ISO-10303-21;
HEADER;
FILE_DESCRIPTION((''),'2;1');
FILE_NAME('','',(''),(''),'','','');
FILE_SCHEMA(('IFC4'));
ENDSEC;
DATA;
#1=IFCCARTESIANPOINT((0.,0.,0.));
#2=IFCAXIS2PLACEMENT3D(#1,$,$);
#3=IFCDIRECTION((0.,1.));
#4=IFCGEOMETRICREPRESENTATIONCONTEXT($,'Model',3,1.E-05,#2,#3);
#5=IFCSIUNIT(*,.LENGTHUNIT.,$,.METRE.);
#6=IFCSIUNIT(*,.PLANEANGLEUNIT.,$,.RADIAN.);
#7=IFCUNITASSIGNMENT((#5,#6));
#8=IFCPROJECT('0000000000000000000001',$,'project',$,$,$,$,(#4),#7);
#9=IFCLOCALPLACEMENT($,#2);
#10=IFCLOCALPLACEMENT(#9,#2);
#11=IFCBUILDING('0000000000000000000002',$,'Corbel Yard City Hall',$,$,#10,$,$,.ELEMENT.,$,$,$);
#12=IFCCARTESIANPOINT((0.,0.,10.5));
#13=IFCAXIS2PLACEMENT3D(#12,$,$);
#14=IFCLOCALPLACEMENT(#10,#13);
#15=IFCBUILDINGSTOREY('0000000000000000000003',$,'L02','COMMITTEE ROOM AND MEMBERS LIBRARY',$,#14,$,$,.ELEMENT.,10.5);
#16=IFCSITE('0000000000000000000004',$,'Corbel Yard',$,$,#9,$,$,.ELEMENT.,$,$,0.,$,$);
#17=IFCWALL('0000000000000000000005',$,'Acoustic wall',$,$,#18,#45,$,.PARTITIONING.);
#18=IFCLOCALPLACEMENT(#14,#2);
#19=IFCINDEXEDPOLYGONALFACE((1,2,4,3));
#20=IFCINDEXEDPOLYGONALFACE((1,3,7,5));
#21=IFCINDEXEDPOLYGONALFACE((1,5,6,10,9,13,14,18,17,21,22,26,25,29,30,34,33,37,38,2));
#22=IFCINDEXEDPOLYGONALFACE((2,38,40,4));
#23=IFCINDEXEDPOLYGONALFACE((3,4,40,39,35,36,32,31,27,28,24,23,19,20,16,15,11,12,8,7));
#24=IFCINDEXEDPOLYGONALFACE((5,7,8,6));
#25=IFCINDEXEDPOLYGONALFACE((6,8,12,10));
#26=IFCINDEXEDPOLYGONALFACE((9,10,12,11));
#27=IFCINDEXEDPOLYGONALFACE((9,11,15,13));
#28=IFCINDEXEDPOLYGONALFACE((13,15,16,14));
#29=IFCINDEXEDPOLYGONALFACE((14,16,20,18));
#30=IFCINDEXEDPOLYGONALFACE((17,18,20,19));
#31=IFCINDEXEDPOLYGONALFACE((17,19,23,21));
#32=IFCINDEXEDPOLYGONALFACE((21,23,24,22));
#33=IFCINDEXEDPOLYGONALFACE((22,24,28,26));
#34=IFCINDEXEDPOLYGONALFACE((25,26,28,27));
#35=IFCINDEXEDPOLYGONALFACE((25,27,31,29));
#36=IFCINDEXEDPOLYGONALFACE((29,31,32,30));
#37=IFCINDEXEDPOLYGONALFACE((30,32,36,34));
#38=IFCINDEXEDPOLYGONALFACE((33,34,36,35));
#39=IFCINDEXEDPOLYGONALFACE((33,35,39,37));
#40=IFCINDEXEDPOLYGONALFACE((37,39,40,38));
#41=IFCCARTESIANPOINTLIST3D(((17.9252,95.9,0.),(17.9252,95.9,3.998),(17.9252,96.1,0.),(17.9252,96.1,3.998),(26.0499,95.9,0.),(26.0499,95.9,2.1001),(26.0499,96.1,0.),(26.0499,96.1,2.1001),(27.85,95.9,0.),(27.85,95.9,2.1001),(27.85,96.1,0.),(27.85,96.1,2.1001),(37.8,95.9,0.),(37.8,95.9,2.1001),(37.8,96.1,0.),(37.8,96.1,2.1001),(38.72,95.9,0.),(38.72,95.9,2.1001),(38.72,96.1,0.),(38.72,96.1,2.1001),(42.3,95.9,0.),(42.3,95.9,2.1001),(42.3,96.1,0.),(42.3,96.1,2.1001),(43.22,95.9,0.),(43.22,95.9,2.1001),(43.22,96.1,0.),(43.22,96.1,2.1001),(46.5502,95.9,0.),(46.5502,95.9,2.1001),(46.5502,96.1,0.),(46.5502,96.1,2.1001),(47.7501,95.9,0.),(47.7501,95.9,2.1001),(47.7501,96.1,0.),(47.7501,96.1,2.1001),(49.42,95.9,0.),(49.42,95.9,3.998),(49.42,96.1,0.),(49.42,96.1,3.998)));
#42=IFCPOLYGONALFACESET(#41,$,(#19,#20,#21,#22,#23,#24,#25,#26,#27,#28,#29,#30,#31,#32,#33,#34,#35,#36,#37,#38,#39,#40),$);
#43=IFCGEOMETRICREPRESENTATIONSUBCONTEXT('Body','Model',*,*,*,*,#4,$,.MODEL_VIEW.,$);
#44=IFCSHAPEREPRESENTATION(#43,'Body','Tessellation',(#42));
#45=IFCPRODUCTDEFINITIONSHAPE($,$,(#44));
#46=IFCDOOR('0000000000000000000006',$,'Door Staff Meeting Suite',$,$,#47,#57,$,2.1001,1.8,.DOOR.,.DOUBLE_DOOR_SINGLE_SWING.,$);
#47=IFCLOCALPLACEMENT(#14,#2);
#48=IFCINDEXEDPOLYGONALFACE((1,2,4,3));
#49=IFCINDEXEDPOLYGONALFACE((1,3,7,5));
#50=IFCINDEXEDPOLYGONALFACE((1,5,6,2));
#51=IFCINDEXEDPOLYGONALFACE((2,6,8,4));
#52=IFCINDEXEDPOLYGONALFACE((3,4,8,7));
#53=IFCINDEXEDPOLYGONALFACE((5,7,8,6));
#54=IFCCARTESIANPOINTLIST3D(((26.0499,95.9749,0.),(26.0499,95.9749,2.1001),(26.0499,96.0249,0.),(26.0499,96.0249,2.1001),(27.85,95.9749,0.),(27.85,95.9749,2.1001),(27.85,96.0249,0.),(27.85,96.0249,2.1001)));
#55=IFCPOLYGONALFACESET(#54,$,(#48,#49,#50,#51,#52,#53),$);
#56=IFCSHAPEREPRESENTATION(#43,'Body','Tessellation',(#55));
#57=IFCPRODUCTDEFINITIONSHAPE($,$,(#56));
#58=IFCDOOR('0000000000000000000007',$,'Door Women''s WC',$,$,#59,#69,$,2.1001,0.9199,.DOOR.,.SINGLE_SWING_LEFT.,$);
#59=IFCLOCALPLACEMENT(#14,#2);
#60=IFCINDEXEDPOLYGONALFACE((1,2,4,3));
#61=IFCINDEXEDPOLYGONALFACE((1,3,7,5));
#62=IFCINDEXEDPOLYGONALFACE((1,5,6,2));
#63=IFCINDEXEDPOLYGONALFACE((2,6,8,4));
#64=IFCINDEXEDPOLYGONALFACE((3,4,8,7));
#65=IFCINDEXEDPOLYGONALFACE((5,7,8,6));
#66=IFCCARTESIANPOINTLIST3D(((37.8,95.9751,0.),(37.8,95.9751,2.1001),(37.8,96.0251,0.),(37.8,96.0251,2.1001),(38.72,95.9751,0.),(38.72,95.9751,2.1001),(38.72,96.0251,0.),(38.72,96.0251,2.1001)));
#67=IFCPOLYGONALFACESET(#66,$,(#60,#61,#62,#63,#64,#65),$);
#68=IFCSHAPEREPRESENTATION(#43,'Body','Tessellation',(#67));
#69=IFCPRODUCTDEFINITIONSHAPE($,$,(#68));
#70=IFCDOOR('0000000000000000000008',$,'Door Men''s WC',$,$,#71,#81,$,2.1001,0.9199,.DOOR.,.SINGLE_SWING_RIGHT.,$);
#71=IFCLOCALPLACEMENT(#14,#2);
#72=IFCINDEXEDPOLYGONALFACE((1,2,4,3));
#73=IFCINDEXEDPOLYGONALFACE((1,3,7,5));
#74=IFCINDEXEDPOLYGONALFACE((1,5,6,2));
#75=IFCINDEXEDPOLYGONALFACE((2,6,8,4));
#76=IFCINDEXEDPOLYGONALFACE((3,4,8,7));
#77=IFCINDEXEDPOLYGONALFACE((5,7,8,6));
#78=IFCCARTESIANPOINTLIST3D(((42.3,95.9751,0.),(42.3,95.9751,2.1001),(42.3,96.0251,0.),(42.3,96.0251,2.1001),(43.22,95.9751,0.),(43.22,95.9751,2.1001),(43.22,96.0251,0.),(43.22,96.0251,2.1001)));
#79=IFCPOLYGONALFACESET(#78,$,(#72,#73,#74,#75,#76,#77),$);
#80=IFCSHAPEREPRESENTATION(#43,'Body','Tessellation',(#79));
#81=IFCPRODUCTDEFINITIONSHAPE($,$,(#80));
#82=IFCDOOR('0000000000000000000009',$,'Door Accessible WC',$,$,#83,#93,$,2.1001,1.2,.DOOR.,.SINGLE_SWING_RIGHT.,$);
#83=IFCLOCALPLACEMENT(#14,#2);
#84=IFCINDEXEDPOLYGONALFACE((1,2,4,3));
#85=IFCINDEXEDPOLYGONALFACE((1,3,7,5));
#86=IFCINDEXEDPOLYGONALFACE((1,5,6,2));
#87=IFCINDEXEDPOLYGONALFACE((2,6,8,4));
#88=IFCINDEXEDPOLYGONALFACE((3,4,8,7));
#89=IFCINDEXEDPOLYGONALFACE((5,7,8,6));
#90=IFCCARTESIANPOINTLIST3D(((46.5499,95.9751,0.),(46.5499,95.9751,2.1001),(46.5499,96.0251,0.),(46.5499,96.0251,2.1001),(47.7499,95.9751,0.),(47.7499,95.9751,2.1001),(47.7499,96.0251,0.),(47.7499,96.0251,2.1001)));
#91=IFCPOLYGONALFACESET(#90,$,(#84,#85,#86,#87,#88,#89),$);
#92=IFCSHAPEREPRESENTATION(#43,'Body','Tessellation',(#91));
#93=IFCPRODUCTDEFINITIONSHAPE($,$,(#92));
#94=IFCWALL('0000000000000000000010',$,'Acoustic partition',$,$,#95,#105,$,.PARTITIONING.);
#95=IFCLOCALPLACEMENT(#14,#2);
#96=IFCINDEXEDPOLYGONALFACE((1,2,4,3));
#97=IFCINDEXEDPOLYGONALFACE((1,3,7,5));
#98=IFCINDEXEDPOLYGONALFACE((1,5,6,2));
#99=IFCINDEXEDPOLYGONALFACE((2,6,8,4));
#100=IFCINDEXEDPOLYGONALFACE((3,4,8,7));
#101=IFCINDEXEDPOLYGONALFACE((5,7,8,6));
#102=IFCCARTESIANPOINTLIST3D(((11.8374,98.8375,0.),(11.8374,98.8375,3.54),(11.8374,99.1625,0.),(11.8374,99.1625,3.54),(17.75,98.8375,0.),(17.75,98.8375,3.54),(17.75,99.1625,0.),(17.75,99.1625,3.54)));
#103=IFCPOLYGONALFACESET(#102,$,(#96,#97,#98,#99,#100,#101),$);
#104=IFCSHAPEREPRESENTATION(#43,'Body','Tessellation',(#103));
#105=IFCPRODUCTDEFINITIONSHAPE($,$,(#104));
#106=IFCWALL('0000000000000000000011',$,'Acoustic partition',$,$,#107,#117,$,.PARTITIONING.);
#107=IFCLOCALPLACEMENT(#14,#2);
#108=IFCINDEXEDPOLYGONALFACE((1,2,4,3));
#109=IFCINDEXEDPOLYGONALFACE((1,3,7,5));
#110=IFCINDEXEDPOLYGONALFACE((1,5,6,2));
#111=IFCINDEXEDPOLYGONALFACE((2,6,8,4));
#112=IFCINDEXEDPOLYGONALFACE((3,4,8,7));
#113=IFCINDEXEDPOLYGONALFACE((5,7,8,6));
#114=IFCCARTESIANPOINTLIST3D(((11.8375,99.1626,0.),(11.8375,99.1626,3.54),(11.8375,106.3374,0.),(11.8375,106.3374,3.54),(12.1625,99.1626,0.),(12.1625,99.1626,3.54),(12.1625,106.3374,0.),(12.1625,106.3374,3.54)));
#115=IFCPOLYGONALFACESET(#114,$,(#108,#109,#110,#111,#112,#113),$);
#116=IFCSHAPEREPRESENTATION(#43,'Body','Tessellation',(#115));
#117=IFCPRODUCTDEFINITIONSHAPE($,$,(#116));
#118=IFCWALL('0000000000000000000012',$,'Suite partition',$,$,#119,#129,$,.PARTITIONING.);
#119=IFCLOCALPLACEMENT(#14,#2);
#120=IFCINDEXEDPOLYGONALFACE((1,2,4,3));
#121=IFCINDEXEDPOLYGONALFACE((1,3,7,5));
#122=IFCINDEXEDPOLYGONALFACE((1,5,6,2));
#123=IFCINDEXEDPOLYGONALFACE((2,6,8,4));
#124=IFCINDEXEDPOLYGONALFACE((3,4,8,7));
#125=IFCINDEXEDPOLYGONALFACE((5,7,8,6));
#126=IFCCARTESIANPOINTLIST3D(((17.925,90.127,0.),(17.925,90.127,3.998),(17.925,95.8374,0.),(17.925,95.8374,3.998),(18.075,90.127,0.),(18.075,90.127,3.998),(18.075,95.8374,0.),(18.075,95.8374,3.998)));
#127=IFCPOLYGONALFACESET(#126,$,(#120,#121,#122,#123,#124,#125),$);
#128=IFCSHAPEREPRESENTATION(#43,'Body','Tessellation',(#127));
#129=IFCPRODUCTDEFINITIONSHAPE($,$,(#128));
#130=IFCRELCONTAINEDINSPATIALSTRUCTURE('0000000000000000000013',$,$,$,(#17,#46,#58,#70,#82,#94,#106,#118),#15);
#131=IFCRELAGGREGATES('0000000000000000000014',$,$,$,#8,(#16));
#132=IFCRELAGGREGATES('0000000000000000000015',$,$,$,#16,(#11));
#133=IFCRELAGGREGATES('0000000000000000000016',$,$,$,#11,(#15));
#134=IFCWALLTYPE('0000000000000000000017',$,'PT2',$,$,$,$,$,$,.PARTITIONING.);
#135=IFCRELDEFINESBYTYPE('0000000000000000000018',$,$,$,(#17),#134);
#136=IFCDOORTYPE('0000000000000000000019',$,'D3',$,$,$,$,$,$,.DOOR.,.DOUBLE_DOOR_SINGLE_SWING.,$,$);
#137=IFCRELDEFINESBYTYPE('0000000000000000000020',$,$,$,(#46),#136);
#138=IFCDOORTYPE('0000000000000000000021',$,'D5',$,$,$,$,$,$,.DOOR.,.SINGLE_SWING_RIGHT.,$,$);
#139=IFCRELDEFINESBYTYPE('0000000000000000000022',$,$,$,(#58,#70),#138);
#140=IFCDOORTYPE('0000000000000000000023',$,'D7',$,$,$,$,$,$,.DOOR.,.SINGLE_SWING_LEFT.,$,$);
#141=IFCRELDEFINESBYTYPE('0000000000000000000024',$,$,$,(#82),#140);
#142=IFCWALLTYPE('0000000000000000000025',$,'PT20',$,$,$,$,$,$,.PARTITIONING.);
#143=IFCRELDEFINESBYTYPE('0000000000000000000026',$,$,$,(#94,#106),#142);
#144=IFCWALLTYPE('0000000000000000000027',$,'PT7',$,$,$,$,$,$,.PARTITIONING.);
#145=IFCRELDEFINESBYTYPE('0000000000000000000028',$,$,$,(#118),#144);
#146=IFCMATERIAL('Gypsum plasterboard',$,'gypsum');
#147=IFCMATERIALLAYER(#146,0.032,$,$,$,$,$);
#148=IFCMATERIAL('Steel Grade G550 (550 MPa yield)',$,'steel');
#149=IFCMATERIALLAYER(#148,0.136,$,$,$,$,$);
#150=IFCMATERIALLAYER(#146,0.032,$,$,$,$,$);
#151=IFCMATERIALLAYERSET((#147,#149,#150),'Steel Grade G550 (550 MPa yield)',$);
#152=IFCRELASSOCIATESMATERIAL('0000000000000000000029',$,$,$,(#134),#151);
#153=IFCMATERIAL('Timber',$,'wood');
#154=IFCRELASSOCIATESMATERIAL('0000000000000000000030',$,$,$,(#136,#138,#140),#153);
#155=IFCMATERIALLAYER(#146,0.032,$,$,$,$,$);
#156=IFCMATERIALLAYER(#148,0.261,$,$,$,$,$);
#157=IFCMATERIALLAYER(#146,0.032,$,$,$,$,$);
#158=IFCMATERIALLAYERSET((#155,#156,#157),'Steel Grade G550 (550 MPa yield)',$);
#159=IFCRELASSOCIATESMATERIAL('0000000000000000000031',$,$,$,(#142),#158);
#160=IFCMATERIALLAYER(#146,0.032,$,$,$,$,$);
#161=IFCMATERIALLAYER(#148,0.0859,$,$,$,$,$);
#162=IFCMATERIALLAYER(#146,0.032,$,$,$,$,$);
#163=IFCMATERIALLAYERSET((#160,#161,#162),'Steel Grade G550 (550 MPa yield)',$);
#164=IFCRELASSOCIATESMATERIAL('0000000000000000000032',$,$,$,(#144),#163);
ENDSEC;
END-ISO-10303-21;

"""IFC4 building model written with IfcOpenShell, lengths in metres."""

from ifc_helpers import new_model, si_unit, direction, frame, frame_2d, origin, place, context, subcontext, project, spatial, rectangle, extrude, material, layer, layer_set, type_object, element, fill, save


model = new_model("IFC4")

# Units and contexts
model_context = context("Model", 3, precision=1e-05, world=origin(), true_north=direction((0.0, 1.0)))
body_context = subcontext(model_context, "Body", "Model", "MODEL_VIEW")
ifc_project = project(units=[si_unit("LENGTHUNIT", "METRE"), si_unit("PLANEANGLEUNIT", "RADIAN")], contexts=[model_context])

# Site, building, storey
site_placement = place(None, origin())
site = spatial("IfcSite", under=ifc_project, at=site_placement, Name="Corbel Yard", CompositionType="ELEMENT", RefElevation=0.0)
building_placement = place(site_placement, origin())
building = spatial("IfcBuilding", under=site, at=building_placement, Name="Corbel Yard City Hall", CompositionType="ELEMENT")
storey_placement = place(building_placement, frame((0.0, 0.0, 10.5)))
storey = spatial("IfcBuildingStorey", under=building, at=storey_placement, Name="L02", Description="COMMITTEE ROOM AND MEMBERS LIBRARY", CompositionType="ELEMENT", Elevation=10.5)

# Wall, openings, doors
ifc_material_1 = material(Name="Gypsum plasterboard", Category="gypsum")
ifc_layer_1 = layer(ifc_material_1, 0.032)
ifc_material_2 = material(Name="Steel Grade G550 (550 MPa yield)", Category="steel")
ifc_layer_2 = layer(ifc_material_2, 0.136)
ifc_layer_3 = layer(ifc_material_1, 0.032)
ifc_layer_set_1 = layer_set([ifc_layer_1, ifc_layer_2, ifc_layer_3], Name="Steel Grade G550 (550 MPa yield)")
wall_type_1 = type_object("IfcWallType", Name="PT2", PredefinedType="PARTITIONING", material=ifc_layer_set_1)
wall_1_placement = place(storey_placement, frame((17.925, 96.0, 0.0), z_axis=(0.0, 0.0, 1.0), x_axis=(1.0, 0.0, 0.0)))
wall_1 = element("IfcWall", 1, at=wall_1_placement, inside=storey, type_object=wall_type_1, Name="Acoustic wall", PredefinedType="PARTITIONING", context=body_context, shape_type="SweptSolid", body=[
    extrude(rectangle(XDim=31.4949, YDim=0.2, at=frame_2d((15.7476, 0.0))), origin(), (0.0, 0.0, 1.0), 3.998),
])
opening_1_placement = place(wall_1_placement, frame((8.125, 0.0, 0.0)))
opening_1 = element("IfcOpeningElement", 2, at=opening_1_placement, cuts=wall_1, PredefinedType="OPENING", context=body_context, shape_type="SweptSolid", body=[
    extrude(rectangle(XDim=1.8, YDim=2.1001, at=frame_2d((0.8999, 1.05))), frame((0.0, 0.1099, 0.0), z_axis=(0.0, -1.0, 0.0), x_axis=(1.0, 0.0, 0.0)), (0.0, 0.0, 1.0), 0.22),
])
opening_2_placement = place(wall_1_placement, frame((19.875, 0.0, 0.0)))
opening_2 = element("IfcOpeningElement", 3, at=opening_2_placement, cuts=wall_1, PredefinedType="OPENING", context=body_context, shape_type="SweptSolid", body=[
    extrude(rectangle(XDim=0.9199, YDim=2.1001, at=frame_2d((0.46, 1.05))), frame((0.0, 0.1099, 0.0), z_axis=(0.0, -1.0, 0.0), x_axis=(1.0, 0.0, 0.0)), (0.0, 0.0, 1.0), 0.22),
])
opening_3_placement = place(wall_1_placement, frame((24.375, 0.0, 0.0)))
opening_3 = element("IfcOpeningElement", 4, at=opening_3_placement, cuts=wall_1, PredefinedType="OPENING", context=body_context, shape_type="SweptSolid", body=[
    extrude(rectangle(XDim=0.9199, YDim=2.1001, at=frame_2d((0.46, 1.05))), frame((0.0, 0.1099, 0.0), z_axis=(0.0, -1.0, 0.0), x_axis=(1.0, 0.0, 0.0)), (0.0, 0.0, 1.0), 0.22),
])
opening_4_placement = place(wall_1_placement, frame((28.625, 0.0, 0.0)))
opening_4 = element("IfcOpeningElement", 5, at=opening_4_placement, cuts=wall_1, PredefinedType="OPENING", context=body_context, shape_type="SweptSolid", body=[
    extrude(rectangle(XDim=1.2, YDim=2.1001, at=frame_2d((0.6001, 1.05))), frame((0.0, 0.1099, 0.0), z_axis=(0.0, -1.0, 0.0), x_axis=(1.0, 0.0, 0.0)), (0.0, 0.0, 1.0), 0.22),
])
ifc_material_3 = material(Name="Timber", Category="wood")
door_type_1 = type_object("IfcDoorType", Name="D3", OperationType="DOUBLE_DOOR_SINGLE_SWING", PredefinedType="DOOR", material=ifc_material_3)
door_1_placement = place(opening_1_placement, origin())
door_1 = element("IfcDoor", 6, at=door_1_placement, inside=storey, type_object=door_type_1, Name="Door Staff Meeting Suite", OperationType="DOUBLE_DOOR_SINGLE_SWING", OverallHeight=2.1001, OverallWidth=1.8, PredefinedType="DOOR", context=body_context, shape_type="SweptSolid", body=[
    extrude(rectangle(XDim=1.8, YDim=2.1001, at=frame_2d((0.8999, 1.05))), frame((0.0, 0.0249, 0.0), z_axis=(0.0, -1.0, 0.0), x_axis=(1.0, 0.0, 0.0)), (0.0, 0.0, 1.0), 0.05),
])
fill(opening_1, door_1)
door_type_2 = type_object("IfcDoorType", Name="D5", OperationType="SINGLE_SWING_RIGHT", PredefinedType="DOOR", material=ifc_material_3)
door_2_placement = place(opening_2_placement, frame((0.9199, 0.0, 0.0), z_axis=(0.0, 0.0, 1.0), x_axis=(-1.0, 0.0, 0.0)))
door_2 = element("IfcDoor", 7, at=door_2_placement, inside=storey, type_object=door_type_2, Name="Door Women's WC", OperationType="SINGLE_SWING_LEFT", OverallHeight=2.1001, OverallWidth=0.9199, PredefinedType="DOOR", context=body_context, shape_type="SweptSolid", body=[
    extrude(rectangle(XDim=0.9199, YDim=2.1001, at=frame_2d((0.46, 1.05))), frame((0.0, 0.0249, 0.0), z_axis=(0.0, -1.0, 0.0), x_axis=(1.0, 0.0, 0.0)), (0.0, 0.0, 1.0), 0.05),
])
fill(opening_2, door_2)
door_3_placement = place(opening_3_placement, frame((0.9199, 0.0, 0.0), z_axis=(0.0, 0.0, 1.0), x_axis=(-1.0, 0.0, 0.0)))
door_3 = element("IfcDoor", 8, at=door_3_placement, inside=storey, type_object=door_type_2, Name="Door Men's WC", OperationType="SINGLE_SWING_RIGHT", OverallHeight=2.1001, OverallWidth=0.9199, PredefinedType="DOOR", context=body_context, shape_type="SweptSolid", body=[
    extrude(rectangle(XDim=0.9199, YDim=2.1001, at=frame_2d((0.46, 1.05))), frame((0.0, 0.0249, 0.0), z_axis=(0.0, -1.0, 0.0), x_axis=(1.0, 0.0, 0.0)), (0.0, 0.0, 1.0), 0.05),
])
fill(opening_3, door_3)
door_type_3 = type_object("IfcDoorType", Name="D7", OperationType="SINGLE_SWING_LEFT", PredefinedType="DOOR", material=ifc_material_3)
door_4_placement = place(opening_4_placement, frame((1.2, 0.0, 0.0), z_axis=(0.0, 0.0, 1.0), x_axis=(-1.0, 0.0, 0.0)))
door_4 = element("IfcDoor", 9, at=door_4_placement, inside=storey, type_object=door_type_3, Name="Door Accessible WC", OperationType="SINGLE_SWING_RIGHT", OverallHeight=2.1001, OverallWidth=1.2, PredefinedType="DOOR", context=body_context, shape_type="SweptSolid", body=[
    extrude(rectangle(XDim=1.2, YDim=2.1001, at=frame_2d((0.6001, 1.05))), frame((0.0, 0.0249, 0.0), z_axis=(0.0, -1.0, 0.0), x_axis=(1.0, 0.0, 0.0)), (0.0, 0.0, 1.0), 0.05),
])
fill(opening_4, door_4)

# Wall
ifc_layer_4 = layer(ifc_material_1, 0.032)
ifc_layer_5 = layer(ifc_material_2, 0.261)
ifc_layer_6 = layer(ifc_material_1, 0.032)
ifc_layer_set_2 = layer_set([ifc_layer_4, ifc_layer_5, ifc_layer_6], Name="Steel Grade G550 (550 MPa yield)")
wall_type_2 = type_object("IfcWallType", Name="PT20", PredefinedType="PARTITIONING", material=ifc_layer_set_2)
wall_2_placement = place(storey_placement, frame((11.8374, 99.0, 0.0), z_axis=(0.0, 0.0, 1.0), x_axis=(1.0, 0.0, 0.0)))
element("IfcWall", 10, at=wall_2_placement, inside=storey, type_object=wall_type_2, Name="Acoustic partition", PredefinedType="PARTITIONING", context=body_context, shape_type="SweptSolid", body=[
    extrude(rectangle(XDim=5.9126, YDim=0.325, at=frame_2d((2.9563, 0.0))), origin(), (0.0, 0.0, 1.0), 3.54),
])

# Walls
wall_3_placement = place(storey_placement, frame((12.0, 99.1626, 0.0), z_axis=(0.0, 0.0, 1.0), x_axis=(0.0, 1.0, 0.0)))
element("IfcWall", 11, at=wall_3_placement, inside=storey, type_object=wall_type_2, Name="Acoustic partition", PredefinedType="PARTITIONING", context=body_context, shape_type="SweptSolid", body=[
    extrude(rectangle(XDim=7.1748, YDim=0.325, at=frame_2d((3.5874, 0.0))), origin(), (0.0, 0.0, 1.0), 3.54),
])
ifc_layer_7 = layer(ifc_material_1, 0.032)
ifc_layer_8 = layer(ifc_material_2, 0.0859)
ifc_layer_9 = layer(ifc_material_1, 0.032)
ifc_layer_set_3 = layer_set([ifc_layer_7, ifc_layer_8, ifc_layer_9], Name="Steel Grade G550 (550 MPa yield)")
wall_type_3 = type_object("IfcWallType", Name="PT7", PredefinedType="PARTITIONING", material=ifc_layer_set_3)
wall_4_placement = place(storey_placement, frame((18.0, 90.127, 0.0), z_axis=(0.0, 0.0, 1.0), x_axis=(0.0, 1.0, 0.0)))
element("IfcWall", 12, at=wall_4_placement, inside=storey, type_object=wall_type_3, Name="Suite partition", PredefinedType="PARTITIONING", context=body_context, shape_type="SweptSolid", body=[
    extrude(rectangle(XDim=5.7104, YDim=0.1499, at=frame_2d((2.8552, 0.0))), origin(), (0.0, 0.0, 1.0), 3.998),
])

save(model, "model.ifc")
